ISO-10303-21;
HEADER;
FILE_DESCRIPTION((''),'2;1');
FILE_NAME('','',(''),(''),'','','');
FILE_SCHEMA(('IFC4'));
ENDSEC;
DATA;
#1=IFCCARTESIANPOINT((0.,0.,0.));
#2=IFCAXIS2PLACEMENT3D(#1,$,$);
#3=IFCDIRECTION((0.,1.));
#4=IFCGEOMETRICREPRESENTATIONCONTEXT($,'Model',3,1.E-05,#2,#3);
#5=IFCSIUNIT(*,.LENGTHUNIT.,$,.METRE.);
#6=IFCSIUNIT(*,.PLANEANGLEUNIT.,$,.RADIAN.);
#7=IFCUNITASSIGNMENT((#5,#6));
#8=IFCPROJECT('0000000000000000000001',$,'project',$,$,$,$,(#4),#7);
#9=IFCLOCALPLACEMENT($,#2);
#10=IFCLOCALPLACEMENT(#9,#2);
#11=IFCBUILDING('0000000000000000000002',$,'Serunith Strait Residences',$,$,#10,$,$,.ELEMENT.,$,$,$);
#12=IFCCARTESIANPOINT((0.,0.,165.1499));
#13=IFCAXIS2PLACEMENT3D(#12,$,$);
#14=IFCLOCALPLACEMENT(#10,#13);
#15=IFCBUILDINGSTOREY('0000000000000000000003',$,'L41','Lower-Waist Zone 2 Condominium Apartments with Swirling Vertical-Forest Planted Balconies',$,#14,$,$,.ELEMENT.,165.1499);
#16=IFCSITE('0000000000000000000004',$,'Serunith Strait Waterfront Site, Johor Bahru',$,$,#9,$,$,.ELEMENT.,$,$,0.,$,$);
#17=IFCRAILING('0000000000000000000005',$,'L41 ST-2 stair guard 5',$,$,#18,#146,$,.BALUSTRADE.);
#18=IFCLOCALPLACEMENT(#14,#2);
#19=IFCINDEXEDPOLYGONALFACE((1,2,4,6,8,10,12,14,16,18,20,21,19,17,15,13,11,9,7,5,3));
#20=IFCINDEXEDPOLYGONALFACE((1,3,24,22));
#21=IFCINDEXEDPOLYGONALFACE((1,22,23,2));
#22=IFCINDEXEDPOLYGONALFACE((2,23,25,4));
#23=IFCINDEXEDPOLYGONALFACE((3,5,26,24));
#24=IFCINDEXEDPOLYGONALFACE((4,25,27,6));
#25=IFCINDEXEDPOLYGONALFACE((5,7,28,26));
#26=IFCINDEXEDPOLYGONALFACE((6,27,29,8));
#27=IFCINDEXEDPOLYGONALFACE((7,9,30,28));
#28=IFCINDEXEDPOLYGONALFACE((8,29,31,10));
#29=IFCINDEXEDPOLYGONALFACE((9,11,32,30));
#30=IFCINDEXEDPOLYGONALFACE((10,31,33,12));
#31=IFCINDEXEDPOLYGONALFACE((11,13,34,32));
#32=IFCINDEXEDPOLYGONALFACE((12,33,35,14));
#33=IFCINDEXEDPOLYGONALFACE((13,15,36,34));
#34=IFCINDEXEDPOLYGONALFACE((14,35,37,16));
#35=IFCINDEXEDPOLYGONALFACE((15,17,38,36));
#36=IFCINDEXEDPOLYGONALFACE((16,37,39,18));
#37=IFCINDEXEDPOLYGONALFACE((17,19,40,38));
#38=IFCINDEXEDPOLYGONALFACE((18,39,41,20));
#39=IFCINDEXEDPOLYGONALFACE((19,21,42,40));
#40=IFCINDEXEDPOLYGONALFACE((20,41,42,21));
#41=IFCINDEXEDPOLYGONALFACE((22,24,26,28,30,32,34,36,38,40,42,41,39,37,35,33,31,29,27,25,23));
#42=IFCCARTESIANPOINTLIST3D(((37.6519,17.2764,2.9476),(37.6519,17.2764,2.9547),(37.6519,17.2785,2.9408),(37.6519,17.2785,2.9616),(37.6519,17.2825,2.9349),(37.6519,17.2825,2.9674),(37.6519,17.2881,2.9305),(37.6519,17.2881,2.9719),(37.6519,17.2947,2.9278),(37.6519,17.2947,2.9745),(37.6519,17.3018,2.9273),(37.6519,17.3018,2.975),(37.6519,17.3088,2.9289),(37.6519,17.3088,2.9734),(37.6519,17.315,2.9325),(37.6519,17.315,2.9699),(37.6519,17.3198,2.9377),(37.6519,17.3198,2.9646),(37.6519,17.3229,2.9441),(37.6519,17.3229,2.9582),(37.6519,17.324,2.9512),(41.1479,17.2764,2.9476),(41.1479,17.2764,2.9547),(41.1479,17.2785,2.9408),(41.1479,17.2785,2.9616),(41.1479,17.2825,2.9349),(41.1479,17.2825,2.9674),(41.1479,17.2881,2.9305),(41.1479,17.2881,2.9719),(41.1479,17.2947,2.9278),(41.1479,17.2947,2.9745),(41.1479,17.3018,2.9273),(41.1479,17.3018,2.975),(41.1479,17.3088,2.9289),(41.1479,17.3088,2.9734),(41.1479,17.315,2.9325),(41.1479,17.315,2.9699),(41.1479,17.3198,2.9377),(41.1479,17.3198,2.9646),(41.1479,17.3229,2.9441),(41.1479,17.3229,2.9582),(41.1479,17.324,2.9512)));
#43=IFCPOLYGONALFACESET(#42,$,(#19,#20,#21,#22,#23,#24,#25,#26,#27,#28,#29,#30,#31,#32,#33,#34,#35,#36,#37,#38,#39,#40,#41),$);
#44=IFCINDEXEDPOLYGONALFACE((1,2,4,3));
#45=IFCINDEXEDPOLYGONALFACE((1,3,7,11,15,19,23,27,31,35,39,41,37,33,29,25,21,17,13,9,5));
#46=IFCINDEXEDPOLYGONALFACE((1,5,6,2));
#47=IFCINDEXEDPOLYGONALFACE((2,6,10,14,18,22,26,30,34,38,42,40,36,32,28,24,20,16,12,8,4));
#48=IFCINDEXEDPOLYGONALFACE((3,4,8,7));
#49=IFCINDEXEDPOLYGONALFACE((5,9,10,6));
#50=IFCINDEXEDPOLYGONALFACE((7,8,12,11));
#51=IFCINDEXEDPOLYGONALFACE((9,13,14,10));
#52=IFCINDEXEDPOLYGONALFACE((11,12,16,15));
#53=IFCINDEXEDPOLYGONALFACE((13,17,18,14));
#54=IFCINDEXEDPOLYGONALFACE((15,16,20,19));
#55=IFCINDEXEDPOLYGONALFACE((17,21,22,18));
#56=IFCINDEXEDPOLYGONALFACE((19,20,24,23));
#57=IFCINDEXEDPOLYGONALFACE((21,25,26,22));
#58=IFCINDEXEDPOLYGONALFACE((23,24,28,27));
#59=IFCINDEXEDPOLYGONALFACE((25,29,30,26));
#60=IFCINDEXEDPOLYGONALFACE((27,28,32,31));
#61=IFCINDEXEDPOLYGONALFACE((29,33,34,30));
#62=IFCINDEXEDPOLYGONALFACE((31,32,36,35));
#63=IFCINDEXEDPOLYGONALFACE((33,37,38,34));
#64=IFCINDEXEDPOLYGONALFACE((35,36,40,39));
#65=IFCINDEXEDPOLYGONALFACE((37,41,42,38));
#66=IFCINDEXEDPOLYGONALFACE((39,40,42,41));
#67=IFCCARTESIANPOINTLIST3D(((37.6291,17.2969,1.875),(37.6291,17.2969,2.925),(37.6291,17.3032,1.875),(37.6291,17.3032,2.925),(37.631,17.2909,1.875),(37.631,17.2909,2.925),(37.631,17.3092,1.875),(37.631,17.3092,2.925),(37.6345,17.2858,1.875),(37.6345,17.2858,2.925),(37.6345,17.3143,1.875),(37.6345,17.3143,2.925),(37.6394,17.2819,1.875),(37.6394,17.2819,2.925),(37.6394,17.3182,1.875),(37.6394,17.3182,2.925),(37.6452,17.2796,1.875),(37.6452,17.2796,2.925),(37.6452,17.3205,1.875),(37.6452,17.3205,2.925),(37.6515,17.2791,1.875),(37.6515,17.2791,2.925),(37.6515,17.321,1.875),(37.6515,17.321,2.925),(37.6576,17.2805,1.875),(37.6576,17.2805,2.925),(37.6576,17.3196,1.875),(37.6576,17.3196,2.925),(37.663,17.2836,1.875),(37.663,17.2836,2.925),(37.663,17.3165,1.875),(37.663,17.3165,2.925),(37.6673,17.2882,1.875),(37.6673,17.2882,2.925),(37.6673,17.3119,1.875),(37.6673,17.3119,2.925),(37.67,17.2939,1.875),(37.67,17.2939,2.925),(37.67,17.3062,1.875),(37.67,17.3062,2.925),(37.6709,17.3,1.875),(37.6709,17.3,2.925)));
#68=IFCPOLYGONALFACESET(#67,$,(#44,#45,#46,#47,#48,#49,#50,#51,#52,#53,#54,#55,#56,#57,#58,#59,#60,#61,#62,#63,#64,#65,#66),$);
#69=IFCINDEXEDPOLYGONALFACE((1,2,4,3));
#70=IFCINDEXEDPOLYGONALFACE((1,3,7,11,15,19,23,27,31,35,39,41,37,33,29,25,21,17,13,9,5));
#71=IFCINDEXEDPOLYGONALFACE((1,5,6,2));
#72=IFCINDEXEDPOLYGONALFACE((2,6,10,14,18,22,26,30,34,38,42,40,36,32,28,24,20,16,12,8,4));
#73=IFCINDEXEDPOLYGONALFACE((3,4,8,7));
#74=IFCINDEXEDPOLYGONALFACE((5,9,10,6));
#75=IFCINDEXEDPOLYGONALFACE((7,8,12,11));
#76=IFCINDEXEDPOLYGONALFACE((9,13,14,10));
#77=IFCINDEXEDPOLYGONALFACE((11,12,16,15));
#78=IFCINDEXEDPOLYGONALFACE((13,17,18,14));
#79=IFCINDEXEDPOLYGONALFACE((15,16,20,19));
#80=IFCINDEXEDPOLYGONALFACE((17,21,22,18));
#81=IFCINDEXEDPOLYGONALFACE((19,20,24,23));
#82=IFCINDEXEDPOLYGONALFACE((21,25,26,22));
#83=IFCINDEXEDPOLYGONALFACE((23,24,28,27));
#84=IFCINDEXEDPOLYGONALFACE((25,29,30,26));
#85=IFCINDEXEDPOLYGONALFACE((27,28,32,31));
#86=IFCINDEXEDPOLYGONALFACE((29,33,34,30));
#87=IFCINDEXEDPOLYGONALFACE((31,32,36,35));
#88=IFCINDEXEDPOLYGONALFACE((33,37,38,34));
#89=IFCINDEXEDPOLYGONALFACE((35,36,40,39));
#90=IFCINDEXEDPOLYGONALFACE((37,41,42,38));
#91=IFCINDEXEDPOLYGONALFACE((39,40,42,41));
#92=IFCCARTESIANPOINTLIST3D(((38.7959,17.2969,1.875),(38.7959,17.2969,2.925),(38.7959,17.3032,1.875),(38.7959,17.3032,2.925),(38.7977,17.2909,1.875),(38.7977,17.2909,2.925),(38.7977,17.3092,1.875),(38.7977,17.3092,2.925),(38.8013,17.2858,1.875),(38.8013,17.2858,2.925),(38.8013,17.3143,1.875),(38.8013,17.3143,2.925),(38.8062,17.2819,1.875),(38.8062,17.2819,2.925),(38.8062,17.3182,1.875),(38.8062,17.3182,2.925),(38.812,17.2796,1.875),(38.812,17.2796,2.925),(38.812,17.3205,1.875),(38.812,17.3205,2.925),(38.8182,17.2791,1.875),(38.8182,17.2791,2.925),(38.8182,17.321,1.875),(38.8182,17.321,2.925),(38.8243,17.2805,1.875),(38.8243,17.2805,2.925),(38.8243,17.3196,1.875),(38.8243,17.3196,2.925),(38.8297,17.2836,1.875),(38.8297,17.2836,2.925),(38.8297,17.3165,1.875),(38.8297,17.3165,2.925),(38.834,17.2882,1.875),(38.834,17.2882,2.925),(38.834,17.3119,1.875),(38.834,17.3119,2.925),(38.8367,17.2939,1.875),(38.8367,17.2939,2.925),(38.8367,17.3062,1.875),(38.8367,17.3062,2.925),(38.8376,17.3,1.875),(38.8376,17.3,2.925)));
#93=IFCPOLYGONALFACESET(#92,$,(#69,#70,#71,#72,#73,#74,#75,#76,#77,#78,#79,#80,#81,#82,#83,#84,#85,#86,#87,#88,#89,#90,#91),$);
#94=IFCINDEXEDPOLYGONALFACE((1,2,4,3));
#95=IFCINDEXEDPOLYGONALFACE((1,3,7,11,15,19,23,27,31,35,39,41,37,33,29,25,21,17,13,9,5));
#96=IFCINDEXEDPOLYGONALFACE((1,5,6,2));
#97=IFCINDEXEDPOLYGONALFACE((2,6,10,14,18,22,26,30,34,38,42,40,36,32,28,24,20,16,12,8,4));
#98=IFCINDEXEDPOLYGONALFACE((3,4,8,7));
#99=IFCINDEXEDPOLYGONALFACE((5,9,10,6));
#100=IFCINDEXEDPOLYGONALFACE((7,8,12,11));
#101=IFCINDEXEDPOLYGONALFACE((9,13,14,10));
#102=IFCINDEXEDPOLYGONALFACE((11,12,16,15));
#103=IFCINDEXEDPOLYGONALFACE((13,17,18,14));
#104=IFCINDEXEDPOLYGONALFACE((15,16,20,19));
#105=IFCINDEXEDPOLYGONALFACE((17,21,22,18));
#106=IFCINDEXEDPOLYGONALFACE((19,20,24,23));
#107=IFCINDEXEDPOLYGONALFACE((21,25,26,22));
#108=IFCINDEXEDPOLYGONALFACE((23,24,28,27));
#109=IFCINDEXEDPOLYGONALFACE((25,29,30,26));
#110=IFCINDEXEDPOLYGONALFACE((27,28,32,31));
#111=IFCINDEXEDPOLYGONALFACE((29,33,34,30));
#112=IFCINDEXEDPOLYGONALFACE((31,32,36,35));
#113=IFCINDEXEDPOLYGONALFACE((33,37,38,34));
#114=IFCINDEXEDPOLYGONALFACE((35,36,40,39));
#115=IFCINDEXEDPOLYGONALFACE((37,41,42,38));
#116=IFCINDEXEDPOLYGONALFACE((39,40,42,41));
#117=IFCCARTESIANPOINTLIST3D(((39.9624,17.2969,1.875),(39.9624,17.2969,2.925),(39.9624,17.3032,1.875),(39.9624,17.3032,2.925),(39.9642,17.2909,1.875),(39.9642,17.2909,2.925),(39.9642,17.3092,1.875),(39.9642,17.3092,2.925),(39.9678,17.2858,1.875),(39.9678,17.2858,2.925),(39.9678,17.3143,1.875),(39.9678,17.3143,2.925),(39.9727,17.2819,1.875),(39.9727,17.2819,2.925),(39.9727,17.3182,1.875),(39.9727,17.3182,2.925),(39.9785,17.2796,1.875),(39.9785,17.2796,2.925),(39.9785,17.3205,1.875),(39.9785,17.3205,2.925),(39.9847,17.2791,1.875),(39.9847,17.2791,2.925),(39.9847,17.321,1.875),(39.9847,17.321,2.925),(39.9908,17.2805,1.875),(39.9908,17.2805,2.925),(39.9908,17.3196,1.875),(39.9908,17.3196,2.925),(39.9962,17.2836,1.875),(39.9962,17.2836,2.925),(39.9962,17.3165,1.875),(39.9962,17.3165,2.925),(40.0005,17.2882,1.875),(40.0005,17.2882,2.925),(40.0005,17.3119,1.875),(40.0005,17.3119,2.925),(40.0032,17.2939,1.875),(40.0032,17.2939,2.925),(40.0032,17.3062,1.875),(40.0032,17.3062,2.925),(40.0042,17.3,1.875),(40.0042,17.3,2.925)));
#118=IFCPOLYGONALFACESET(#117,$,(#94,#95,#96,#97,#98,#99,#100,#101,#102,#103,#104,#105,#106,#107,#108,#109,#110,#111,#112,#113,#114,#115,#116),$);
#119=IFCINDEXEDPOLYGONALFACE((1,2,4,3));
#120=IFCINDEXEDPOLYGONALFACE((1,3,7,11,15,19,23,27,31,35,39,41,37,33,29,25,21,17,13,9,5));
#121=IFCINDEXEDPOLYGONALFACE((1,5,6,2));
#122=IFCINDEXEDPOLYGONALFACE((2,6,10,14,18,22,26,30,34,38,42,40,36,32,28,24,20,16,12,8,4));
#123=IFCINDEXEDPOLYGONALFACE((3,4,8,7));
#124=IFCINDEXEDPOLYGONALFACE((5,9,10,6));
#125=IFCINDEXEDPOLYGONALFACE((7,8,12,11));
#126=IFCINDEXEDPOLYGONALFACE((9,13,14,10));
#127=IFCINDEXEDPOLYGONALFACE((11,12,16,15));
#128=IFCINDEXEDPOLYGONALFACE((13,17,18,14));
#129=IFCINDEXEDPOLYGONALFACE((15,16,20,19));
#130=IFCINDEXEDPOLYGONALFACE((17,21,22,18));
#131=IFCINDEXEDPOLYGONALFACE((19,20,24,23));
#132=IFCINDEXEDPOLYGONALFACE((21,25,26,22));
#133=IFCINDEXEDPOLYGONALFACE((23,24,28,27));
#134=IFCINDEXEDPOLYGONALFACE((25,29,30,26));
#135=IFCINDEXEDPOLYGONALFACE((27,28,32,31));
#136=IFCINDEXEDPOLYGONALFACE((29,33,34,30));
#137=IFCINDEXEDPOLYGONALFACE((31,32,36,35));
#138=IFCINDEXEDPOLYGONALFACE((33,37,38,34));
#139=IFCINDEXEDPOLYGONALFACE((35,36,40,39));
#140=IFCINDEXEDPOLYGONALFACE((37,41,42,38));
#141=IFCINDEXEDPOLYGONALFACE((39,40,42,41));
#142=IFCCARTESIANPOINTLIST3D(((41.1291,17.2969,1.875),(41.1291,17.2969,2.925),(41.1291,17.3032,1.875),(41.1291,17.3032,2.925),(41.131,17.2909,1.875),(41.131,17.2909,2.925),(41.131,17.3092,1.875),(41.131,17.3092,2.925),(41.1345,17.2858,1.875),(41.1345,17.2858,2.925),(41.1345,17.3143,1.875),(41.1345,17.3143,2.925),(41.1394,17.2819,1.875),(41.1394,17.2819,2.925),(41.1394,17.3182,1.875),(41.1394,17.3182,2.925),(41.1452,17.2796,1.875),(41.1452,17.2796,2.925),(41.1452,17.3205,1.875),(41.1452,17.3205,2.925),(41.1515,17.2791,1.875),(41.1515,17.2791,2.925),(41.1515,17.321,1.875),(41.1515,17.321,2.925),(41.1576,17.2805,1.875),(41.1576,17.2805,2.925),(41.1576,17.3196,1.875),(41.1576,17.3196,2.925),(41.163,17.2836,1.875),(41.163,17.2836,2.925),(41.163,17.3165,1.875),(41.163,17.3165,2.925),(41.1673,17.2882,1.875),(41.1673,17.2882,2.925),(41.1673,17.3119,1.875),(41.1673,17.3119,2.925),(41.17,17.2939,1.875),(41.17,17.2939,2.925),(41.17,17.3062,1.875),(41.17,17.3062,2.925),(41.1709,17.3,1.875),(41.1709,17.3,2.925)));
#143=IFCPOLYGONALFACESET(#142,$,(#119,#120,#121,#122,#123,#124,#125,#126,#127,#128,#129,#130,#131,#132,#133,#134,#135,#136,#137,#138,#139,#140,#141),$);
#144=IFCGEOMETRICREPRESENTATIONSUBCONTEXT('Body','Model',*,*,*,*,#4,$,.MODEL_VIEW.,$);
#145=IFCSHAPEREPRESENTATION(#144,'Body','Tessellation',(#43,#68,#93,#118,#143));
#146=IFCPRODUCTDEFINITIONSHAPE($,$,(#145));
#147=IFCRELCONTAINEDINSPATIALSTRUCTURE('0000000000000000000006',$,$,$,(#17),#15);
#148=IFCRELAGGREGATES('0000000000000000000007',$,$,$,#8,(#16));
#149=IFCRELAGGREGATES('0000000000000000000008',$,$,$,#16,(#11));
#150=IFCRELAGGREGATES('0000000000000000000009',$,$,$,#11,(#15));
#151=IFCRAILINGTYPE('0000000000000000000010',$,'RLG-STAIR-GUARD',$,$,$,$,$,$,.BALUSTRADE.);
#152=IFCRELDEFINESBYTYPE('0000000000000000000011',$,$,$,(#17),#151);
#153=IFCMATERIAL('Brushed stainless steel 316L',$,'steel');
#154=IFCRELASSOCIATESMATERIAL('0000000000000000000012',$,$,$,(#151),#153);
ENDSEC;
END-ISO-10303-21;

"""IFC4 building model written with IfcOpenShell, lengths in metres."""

from ifc_helpers import new_model, si_unit, direction, frame, origin, origin_2d, place, context, subcontext, project, spatial, circle, extrude, material, type_object, element, save


model = new_model("IFC4")

# Units and contexts
model_context = context("Model", 3, precision=1e-05, world=origin(), true_north=direction((0.0, 1.0)))
body_context = subcontext(model_context, "Body", "Model", "MODEL_VIEW")
ifc_project = project(units=[si_unit("LENGTHUNIT", "METRE"), si_unit("PLANEANGLEUNIT", "RADIAN")], contexts=[model_context])

# Site, building, storey
site_placement = place(None, origin())
site = spatial("IfcSite", under=ifc_project, at=site_placement, Name="Serunith Strait Waterfront Site, Johor Bahru", CompositionType="ELEMENT", RefElevation=0.0)
building_placement = place(site_placement, origin())
building = spatial("IfcBuilding", under=site, at=building_placement, Name="Serunith Strait Residences", CompositionType="ELEMENT")
storey_placement = place(building_placement, frame((0.0, 0.0, 165.1499)))
storey = spatial("IfcBuildingStorey", under=building, at=storey_placement, Name="L41", Description="Lower-Waist Zone 2 Condominium Apartments with Swirling Vertical-Forest Planted Balconies", CompositionType="ELEMENT", Elevation=165.1499)

# Railing
ifc_material_1 = material(Name="Brushed stainless steel 316L", Category="steel")
railing_type_1 = type_object("IfcRailingType", Name="RLG-STAIR-GUARD", PredefinedType="BALUSTRADE", material=ifc_material_1)
railing_1_placement = place(storey_placement, frame((37.6499, 17.3, 1.875)))
element("IfcRailing", 1, at=railing_1_placement, inside=storey, type_object=railing_type_1, Name="L41 ST-2 stair guard 5", PredefinedType="BALUSTRADE", context=body_context, shape_type="SweptSolid", body=[
    extrude(circle(Radius=0.0239, at=origin_2d()), frame((0.002, 0.0, 1.0762), z_axis=(1.0, 0.0, 0.0), x_axis=(0.0, 1.0, 0.0)), (0.0, 0.0, 1.0), 3.4961),
    extrude(circle(Radius=0.021, at=origin_2d()), origin(), (0.0, 0.0, 1.0), 1.05),
    extrude(circle(Radius=0.021, at=origin_2d()), frame((1.1667, 0.0, 0.0)), (0.0, 0.0, 1.0), 1.05),
    extrude(circle(Radius=0.021, at=origin_2d()), frame((2.3333, 0.0, 0.0)), (0.0, 0.0, 1.0), 1.05),
    extrude(circle(Radius=0.021, at=origin_2d()), frame((3.5, 0.0, 0.0)), (0.0, 0.0, 1.0), 1.05),
])

save(model, "model.ifc")
